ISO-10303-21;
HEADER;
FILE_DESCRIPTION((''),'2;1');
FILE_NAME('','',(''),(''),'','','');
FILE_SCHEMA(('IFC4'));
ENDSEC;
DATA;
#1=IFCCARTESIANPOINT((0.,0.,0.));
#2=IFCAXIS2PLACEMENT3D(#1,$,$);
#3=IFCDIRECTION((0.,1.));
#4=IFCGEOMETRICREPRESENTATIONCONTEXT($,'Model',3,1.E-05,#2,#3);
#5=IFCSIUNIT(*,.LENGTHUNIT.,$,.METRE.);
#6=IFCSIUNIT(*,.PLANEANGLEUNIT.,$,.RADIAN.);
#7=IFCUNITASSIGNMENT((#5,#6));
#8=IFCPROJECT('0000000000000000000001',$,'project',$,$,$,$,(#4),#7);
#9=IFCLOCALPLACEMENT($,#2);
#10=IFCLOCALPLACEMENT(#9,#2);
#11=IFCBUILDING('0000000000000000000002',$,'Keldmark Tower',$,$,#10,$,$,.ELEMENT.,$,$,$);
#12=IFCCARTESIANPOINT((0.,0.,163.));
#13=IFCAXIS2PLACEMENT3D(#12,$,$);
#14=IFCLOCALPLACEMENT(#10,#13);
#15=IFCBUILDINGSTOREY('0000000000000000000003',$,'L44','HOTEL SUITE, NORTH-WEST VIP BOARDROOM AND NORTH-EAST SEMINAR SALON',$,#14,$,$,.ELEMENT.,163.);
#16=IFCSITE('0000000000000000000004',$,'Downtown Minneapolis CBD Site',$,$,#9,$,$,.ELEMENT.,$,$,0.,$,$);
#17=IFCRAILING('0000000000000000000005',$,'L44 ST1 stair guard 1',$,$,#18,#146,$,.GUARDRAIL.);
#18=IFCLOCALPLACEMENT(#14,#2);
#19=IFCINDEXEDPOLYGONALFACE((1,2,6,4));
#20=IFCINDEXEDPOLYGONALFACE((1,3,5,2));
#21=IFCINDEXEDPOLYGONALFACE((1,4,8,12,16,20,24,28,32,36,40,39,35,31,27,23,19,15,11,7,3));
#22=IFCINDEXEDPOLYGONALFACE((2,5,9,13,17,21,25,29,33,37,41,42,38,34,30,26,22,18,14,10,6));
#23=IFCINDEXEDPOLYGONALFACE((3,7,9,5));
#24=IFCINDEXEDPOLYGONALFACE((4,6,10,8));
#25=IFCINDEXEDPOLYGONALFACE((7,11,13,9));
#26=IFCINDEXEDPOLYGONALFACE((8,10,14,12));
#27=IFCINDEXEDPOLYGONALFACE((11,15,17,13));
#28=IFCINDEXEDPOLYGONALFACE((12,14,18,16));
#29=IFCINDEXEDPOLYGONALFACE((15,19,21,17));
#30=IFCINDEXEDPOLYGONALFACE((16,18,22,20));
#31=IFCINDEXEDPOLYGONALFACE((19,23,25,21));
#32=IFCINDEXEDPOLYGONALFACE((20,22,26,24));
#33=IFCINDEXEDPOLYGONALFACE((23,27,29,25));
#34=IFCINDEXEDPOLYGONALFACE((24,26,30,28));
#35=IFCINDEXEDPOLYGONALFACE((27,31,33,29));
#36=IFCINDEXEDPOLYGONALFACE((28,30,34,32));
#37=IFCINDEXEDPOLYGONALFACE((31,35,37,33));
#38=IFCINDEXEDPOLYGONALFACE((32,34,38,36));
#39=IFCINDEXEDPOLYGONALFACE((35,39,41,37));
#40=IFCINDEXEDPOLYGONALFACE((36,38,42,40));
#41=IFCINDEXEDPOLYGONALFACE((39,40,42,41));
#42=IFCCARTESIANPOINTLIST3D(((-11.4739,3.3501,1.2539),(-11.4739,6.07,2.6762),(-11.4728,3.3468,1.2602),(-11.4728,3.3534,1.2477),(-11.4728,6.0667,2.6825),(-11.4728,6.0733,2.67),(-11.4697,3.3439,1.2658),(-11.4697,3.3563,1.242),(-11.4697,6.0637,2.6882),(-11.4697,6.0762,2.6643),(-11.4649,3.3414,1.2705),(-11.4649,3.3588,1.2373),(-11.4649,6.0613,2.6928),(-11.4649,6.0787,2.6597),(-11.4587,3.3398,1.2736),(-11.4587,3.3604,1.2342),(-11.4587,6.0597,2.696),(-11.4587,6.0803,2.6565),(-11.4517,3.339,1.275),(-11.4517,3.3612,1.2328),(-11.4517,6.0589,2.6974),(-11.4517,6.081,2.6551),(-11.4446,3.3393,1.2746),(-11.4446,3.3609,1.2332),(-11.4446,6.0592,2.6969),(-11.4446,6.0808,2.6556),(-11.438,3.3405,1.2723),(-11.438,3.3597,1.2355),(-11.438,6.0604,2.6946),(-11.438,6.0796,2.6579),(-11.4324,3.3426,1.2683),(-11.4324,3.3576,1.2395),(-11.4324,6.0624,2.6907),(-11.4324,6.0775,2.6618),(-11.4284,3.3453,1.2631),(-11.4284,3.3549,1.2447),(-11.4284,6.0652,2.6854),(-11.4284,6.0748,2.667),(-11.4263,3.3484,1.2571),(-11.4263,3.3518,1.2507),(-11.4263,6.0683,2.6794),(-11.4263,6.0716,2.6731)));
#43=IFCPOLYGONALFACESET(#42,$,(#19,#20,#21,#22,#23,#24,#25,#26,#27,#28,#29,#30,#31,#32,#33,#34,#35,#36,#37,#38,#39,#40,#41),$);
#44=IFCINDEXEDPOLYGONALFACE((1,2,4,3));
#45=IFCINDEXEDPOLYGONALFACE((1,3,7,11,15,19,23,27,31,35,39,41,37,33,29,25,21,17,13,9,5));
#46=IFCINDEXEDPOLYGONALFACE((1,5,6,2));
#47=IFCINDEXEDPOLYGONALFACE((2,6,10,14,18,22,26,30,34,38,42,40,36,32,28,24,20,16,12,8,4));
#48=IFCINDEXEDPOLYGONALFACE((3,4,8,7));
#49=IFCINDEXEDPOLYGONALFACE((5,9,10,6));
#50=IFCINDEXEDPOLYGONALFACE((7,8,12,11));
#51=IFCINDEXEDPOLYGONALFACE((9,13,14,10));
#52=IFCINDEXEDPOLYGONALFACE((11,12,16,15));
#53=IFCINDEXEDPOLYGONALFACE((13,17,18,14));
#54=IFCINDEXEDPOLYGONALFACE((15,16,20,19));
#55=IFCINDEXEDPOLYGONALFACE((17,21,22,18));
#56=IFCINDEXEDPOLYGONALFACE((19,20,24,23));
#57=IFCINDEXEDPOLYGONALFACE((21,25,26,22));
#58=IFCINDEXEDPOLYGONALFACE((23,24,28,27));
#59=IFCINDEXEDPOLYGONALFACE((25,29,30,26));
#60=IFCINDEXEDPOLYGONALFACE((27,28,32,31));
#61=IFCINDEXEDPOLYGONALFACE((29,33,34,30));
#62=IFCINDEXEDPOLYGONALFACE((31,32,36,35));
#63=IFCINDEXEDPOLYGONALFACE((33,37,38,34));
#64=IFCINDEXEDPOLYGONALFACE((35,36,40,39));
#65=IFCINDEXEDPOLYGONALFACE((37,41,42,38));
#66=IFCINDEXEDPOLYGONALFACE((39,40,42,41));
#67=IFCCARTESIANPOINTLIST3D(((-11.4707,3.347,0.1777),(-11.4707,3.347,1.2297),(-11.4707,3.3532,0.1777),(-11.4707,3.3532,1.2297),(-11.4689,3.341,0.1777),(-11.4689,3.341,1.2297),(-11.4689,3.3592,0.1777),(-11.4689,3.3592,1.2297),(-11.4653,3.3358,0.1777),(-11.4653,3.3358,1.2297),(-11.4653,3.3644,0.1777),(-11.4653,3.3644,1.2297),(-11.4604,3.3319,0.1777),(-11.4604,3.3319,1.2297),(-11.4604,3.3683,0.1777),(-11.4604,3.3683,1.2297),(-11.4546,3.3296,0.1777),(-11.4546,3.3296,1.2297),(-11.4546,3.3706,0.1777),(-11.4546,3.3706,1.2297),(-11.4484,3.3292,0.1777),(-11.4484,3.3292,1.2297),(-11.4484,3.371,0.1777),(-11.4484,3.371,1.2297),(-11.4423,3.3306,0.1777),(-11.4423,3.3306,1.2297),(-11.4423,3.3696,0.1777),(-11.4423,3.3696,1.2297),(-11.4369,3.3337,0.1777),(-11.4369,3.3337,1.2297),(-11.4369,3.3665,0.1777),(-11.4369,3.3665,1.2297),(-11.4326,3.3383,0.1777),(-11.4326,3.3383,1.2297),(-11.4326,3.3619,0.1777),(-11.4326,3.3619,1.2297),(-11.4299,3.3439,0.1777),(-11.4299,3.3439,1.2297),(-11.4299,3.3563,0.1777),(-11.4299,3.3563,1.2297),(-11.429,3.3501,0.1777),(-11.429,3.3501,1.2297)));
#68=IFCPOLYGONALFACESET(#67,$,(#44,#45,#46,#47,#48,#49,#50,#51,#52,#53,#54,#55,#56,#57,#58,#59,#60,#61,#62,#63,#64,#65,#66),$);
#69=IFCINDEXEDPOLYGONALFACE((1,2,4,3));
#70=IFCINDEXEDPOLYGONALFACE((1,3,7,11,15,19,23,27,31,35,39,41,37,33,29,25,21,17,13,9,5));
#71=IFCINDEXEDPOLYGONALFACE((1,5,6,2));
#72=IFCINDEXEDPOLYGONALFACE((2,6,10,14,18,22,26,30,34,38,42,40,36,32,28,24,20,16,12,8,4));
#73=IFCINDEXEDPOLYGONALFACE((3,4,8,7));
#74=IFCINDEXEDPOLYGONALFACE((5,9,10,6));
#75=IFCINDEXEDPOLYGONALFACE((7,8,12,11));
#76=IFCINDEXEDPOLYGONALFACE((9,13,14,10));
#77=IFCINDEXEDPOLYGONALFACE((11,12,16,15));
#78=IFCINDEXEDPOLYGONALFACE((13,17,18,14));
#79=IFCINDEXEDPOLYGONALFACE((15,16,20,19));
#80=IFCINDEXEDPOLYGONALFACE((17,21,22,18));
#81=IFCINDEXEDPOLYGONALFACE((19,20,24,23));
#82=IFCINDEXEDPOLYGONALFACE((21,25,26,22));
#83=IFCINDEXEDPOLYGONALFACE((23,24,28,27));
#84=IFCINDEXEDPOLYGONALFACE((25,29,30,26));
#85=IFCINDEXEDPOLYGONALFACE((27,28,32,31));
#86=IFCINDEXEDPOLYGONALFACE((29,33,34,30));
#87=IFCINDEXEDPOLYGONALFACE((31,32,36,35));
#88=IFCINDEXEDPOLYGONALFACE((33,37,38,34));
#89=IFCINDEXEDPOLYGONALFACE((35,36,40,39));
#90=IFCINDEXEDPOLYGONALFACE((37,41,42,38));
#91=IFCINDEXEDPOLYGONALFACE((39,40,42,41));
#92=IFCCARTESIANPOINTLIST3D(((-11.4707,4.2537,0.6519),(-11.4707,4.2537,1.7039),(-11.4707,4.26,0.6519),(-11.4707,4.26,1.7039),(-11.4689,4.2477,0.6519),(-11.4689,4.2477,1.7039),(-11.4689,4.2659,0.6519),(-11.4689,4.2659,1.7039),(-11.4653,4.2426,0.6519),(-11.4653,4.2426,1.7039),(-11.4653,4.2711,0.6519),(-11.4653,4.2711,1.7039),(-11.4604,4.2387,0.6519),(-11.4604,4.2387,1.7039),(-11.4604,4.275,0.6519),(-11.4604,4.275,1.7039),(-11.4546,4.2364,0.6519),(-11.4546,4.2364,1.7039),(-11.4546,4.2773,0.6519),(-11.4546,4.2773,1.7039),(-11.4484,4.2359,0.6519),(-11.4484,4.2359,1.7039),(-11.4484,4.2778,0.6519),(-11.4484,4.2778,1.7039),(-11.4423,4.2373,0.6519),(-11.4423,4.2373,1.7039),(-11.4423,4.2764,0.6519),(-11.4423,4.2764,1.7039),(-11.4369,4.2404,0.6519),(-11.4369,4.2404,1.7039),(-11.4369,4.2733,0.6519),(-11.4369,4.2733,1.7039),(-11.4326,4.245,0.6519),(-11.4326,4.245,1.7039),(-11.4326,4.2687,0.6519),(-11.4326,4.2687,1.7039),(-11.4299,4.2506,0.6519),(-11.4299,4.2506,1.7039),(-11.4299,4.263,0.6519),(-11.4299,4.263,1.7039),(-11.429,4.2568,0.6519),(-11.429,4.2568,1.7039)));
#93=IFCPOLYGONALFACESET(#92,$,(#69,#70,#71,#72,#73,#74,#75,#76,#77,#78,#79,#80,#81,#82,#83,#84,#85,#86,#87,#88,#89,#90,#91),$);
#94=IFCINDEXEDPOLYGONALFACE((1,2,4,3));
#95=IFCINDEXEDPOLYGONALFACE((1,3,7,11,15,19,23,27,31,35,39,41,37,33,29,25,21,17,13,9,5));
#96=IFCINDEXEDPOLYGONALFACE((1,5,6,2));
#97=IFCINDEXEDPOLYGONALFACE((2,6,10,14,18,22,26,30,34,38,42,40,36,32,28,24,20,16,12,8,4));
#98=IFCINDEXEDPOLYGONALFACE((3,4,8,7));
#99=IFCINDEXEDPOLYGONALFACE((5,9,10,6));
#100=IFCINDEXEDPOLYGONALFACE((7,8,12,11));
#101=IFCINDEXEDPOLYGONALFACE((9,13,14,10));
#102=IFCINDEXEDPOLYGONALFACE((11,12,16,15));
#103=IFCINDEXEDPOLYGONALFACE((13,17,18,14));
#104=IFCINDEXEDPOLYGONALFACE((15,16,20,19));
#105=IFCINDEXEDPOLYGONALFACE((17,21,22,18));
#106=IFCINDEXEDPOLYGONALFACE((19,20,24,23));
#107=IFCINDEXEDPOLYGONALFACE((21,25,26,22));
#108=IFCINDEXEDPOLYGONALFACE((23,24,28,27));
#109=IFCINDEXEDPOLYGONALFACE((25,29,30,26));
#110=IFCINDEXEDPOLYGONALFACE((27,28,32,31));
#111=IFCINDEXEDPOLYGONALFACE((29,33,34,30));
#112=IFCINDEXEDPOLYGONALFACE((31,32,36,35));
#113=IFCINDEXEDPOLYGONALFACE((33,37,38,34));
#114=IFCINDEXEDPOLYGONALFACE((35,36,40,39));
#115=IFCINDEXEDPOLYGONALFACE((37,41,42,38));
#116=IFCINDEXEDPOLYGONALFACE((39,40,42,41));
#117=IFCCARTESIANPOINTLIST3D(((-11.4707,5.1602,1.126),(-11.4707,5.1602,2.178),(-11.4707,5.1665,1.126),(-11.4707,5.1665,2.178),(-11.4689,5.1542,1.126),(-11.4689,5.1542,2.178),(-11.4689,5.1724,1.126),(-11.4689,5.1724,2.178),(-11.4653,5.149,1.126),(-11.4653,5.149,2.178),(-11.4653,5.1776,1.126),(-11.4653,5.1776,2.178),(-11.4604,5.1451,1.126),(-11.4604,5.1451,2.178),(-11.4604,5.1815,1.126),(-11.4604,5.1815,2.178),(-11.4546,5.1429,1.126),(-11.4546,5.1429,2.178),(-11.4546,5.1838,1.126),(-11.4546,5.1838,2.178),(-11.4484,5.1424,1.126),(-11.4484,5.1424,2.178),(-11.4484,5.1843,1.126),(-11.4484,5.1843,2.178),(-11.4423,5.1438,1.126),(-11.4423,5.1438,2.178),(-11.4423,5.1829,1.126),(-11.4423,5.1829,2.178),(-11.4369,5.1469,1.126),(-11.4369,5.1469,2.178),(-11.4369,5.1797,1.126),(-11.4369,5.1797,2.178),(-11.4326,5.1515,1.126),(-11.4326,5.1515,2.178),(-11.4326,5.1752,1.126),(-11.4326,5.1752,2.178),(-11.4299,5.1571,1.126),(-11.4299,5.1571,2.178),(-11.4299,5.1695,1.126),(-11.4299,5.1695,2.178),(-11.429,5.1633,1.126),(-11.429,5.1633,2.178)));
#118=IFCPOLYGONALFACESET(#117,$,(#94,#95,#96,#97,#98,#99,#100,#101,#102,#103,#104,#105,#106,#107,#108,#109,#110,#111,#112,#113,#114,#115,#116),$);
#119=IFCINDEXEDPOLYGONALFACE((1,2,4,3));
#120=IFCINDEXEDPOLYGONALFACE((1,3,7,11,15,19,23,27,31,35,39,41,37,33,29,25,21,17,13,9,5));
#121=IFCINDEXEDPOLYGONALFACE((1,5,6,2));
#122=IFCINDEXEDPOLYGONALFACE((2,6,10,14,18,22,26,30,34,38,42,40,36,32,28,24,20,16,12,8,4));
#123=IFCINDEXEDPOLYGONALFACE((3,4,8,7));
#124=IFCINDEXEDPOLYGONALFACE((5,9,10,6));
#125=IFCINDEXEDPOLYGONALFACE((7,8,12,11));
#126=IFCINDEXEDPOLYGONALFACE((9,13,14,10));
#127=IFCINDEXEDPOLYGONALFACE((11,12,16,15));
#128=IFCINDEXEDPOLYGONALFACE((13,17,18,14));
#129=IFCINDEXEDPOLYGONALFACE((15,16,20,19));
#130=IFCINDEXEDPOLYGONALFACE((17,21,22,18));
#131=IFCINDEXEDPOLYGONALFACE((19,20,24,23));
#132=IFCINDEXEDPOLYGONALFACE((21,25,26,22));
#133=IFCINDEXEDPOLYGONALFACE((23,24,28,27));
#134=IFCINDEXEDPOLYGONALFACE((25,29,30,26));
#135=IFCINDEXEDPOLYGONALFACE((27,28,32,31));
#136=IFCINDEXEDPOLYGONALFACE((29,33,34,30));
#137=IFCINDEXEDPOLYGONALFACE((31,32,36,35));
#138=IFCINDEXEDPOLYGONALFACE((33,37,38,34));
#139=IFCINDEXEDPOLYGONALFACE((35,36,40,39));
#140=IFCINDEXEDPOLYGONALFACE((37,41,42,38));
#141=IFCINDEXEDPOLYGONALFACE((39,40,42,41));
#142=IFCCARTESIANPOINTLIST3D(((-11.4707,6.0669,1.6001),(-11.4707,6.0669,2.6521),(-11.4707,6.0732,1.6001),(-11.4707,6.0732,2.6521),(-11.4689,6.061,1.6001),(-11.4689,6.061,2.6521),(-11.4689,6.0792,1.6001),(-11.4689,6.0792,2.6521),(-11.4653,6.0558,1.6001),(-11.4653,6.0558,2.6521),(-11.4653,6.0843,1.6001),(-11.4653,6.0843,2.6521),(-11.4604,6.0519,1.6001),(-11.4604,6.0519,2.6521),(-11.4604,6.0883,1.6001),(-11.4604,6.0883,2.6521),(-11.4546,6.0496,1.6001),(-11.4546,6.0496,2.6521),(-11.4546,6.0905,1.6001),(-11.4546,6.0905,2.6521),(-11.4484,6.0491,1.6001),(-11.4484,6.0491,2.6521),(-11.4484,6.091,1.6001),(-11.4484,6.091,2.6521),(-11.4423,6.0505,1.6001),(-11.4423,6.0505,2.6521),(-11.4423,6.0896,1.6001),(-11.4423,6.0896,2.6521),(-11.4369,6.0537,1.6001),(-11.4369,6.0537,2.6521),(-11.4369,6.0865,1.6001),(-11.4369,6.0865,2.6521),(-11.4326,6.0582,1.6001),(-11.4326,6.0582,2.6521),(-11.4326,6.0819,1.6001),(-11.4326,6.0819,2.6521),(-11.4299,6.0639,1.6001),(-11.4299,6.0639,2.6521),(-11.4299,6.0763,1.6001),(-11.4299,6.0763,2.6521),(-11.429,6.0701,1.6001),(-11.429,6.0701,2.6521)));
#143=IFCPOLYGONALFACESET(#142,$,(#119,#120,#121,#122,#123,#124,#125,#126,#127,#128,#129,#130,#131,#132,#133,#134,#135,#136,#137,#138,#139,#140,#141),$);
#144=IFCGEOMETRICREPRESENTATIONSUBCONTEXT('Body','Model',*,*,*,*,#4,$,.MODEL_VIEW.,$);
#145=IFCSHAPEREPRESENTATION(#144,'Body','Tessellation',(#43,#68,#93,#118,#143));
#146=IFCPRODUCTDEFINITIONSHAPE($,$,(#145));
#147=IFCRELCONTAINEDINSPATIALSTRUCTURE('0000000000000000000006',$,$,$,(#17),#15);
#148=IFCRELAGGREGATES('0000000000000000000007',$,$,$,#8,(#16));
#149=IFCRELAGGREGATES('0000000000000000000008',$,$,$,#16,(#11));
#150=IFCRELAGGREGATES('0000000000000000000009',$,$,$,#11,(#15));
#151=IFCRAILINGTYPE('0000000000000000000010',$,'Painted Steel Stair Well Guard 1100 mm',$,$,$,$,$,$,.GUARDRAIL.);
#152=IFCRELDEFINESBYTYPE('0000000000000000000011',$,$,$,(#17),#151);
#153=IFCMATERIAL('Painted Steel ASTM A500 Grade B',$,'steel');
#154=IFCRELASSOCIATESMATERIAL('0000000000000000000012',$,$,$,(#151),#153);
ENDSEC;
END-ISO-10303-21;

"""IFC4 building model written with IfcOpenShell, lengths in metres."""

from ifc_helpers import new_model, si_unit, direction, frame, origin, origin_2d, place, context, subcontext, project, spatial, circle, extrude, material, type_object, element, save


model = new_model("IFC4")

# Units and contexts
model_context = context("Model", 3, precision=1e-05, world=origin(), true_north=direction((0.0, 1.0)))
body_context = subcontext(model_context, "Body", "Model", "MODEL_VIEW")
ifc_project = project(units=[si_unit("LENGTHUNIT", "METRE"), si_unit("PLANEANGLEUNIT", "RADIAN")], contexts=[model_context])

# Site, building, storey
site_placement = place(None, origin())
site = spatial("IfcSite", under=ifc_project, at=site_placement, Name="Downtown Minneapolis CBD Site", CompositionType="ELEMENT", RefElevation=0.0)
building_placement = place(site_placement, origin())
building = spatial("IfcBuilding", under=site, at=building_placement, Name="Keldmark Tower", CompositionType="ELEMENT")
storey_placement = place(building_placement, frame((0.0, 0.0, 163.0)))
storey = spatial("IfcBuildingStorey", under=building, at=storey_placement, Name="L44", Description="HOTEL SUITE, NORTH-WEST VIP BOARDROOM AND NORTH-EAST SEMINAR SALON", CompositionType="ELEMENT", Elevation=163.0)

# Railing
ifc_material_1 = material(Name="Painted Steel ASTM A500 Grade B", Category="steel")
railing_type_1 = type_object("IfcRailingType", Name="Painted Steel Stair Well Guard 1100 mm", PredefinedType="GUARDRAIL", material=ifc_material_1)
railing_1_placement = place(storey_placement, frame((-11.45, 3.3501, 0.1777)))
element("IfcRailing", 1, at=railing_1_placement, inside=storey, type_object=railing_type_1, Name="L44 ST1 stair guard 1", PredefinedType="GUARDRAIL", context=body_context, shape_type="SweptSolid", body=[
    extrude(circle(Radius=0.0239, at=origin_2d()), frame((0.0, 0.0, 1.0762), z_axis=(0.0, 0.88615, 0.463398), x_axis=(-1.0, 0.0, 0.0)), (0.0, 0.0, 1.0), 3.0693),
    extrude(circle(Radius=0.021, at=origin_2d()), origin(), (0.0, 0.0, 1.0), 1.052),
    extrude(circle(Radius=0.021, at=origin_2d()), frame((0.0, 0.9067, 0.4741)), (0.0, 0.0, 1.0), 1.052),
    extrude(circle(Radius=0.021, at=origin_2d()), frame((0.0, 1.8132, 0.9482)), (0.0, 0.0, 1.0), 1.052),
    extrude(circle(Radius=0.021, at=origin_2d()), frame((0.0, 2.72, 1.4224)), (0.0, 0.0, 1.0), 1.052),
])

save(model, "model.ifc")
